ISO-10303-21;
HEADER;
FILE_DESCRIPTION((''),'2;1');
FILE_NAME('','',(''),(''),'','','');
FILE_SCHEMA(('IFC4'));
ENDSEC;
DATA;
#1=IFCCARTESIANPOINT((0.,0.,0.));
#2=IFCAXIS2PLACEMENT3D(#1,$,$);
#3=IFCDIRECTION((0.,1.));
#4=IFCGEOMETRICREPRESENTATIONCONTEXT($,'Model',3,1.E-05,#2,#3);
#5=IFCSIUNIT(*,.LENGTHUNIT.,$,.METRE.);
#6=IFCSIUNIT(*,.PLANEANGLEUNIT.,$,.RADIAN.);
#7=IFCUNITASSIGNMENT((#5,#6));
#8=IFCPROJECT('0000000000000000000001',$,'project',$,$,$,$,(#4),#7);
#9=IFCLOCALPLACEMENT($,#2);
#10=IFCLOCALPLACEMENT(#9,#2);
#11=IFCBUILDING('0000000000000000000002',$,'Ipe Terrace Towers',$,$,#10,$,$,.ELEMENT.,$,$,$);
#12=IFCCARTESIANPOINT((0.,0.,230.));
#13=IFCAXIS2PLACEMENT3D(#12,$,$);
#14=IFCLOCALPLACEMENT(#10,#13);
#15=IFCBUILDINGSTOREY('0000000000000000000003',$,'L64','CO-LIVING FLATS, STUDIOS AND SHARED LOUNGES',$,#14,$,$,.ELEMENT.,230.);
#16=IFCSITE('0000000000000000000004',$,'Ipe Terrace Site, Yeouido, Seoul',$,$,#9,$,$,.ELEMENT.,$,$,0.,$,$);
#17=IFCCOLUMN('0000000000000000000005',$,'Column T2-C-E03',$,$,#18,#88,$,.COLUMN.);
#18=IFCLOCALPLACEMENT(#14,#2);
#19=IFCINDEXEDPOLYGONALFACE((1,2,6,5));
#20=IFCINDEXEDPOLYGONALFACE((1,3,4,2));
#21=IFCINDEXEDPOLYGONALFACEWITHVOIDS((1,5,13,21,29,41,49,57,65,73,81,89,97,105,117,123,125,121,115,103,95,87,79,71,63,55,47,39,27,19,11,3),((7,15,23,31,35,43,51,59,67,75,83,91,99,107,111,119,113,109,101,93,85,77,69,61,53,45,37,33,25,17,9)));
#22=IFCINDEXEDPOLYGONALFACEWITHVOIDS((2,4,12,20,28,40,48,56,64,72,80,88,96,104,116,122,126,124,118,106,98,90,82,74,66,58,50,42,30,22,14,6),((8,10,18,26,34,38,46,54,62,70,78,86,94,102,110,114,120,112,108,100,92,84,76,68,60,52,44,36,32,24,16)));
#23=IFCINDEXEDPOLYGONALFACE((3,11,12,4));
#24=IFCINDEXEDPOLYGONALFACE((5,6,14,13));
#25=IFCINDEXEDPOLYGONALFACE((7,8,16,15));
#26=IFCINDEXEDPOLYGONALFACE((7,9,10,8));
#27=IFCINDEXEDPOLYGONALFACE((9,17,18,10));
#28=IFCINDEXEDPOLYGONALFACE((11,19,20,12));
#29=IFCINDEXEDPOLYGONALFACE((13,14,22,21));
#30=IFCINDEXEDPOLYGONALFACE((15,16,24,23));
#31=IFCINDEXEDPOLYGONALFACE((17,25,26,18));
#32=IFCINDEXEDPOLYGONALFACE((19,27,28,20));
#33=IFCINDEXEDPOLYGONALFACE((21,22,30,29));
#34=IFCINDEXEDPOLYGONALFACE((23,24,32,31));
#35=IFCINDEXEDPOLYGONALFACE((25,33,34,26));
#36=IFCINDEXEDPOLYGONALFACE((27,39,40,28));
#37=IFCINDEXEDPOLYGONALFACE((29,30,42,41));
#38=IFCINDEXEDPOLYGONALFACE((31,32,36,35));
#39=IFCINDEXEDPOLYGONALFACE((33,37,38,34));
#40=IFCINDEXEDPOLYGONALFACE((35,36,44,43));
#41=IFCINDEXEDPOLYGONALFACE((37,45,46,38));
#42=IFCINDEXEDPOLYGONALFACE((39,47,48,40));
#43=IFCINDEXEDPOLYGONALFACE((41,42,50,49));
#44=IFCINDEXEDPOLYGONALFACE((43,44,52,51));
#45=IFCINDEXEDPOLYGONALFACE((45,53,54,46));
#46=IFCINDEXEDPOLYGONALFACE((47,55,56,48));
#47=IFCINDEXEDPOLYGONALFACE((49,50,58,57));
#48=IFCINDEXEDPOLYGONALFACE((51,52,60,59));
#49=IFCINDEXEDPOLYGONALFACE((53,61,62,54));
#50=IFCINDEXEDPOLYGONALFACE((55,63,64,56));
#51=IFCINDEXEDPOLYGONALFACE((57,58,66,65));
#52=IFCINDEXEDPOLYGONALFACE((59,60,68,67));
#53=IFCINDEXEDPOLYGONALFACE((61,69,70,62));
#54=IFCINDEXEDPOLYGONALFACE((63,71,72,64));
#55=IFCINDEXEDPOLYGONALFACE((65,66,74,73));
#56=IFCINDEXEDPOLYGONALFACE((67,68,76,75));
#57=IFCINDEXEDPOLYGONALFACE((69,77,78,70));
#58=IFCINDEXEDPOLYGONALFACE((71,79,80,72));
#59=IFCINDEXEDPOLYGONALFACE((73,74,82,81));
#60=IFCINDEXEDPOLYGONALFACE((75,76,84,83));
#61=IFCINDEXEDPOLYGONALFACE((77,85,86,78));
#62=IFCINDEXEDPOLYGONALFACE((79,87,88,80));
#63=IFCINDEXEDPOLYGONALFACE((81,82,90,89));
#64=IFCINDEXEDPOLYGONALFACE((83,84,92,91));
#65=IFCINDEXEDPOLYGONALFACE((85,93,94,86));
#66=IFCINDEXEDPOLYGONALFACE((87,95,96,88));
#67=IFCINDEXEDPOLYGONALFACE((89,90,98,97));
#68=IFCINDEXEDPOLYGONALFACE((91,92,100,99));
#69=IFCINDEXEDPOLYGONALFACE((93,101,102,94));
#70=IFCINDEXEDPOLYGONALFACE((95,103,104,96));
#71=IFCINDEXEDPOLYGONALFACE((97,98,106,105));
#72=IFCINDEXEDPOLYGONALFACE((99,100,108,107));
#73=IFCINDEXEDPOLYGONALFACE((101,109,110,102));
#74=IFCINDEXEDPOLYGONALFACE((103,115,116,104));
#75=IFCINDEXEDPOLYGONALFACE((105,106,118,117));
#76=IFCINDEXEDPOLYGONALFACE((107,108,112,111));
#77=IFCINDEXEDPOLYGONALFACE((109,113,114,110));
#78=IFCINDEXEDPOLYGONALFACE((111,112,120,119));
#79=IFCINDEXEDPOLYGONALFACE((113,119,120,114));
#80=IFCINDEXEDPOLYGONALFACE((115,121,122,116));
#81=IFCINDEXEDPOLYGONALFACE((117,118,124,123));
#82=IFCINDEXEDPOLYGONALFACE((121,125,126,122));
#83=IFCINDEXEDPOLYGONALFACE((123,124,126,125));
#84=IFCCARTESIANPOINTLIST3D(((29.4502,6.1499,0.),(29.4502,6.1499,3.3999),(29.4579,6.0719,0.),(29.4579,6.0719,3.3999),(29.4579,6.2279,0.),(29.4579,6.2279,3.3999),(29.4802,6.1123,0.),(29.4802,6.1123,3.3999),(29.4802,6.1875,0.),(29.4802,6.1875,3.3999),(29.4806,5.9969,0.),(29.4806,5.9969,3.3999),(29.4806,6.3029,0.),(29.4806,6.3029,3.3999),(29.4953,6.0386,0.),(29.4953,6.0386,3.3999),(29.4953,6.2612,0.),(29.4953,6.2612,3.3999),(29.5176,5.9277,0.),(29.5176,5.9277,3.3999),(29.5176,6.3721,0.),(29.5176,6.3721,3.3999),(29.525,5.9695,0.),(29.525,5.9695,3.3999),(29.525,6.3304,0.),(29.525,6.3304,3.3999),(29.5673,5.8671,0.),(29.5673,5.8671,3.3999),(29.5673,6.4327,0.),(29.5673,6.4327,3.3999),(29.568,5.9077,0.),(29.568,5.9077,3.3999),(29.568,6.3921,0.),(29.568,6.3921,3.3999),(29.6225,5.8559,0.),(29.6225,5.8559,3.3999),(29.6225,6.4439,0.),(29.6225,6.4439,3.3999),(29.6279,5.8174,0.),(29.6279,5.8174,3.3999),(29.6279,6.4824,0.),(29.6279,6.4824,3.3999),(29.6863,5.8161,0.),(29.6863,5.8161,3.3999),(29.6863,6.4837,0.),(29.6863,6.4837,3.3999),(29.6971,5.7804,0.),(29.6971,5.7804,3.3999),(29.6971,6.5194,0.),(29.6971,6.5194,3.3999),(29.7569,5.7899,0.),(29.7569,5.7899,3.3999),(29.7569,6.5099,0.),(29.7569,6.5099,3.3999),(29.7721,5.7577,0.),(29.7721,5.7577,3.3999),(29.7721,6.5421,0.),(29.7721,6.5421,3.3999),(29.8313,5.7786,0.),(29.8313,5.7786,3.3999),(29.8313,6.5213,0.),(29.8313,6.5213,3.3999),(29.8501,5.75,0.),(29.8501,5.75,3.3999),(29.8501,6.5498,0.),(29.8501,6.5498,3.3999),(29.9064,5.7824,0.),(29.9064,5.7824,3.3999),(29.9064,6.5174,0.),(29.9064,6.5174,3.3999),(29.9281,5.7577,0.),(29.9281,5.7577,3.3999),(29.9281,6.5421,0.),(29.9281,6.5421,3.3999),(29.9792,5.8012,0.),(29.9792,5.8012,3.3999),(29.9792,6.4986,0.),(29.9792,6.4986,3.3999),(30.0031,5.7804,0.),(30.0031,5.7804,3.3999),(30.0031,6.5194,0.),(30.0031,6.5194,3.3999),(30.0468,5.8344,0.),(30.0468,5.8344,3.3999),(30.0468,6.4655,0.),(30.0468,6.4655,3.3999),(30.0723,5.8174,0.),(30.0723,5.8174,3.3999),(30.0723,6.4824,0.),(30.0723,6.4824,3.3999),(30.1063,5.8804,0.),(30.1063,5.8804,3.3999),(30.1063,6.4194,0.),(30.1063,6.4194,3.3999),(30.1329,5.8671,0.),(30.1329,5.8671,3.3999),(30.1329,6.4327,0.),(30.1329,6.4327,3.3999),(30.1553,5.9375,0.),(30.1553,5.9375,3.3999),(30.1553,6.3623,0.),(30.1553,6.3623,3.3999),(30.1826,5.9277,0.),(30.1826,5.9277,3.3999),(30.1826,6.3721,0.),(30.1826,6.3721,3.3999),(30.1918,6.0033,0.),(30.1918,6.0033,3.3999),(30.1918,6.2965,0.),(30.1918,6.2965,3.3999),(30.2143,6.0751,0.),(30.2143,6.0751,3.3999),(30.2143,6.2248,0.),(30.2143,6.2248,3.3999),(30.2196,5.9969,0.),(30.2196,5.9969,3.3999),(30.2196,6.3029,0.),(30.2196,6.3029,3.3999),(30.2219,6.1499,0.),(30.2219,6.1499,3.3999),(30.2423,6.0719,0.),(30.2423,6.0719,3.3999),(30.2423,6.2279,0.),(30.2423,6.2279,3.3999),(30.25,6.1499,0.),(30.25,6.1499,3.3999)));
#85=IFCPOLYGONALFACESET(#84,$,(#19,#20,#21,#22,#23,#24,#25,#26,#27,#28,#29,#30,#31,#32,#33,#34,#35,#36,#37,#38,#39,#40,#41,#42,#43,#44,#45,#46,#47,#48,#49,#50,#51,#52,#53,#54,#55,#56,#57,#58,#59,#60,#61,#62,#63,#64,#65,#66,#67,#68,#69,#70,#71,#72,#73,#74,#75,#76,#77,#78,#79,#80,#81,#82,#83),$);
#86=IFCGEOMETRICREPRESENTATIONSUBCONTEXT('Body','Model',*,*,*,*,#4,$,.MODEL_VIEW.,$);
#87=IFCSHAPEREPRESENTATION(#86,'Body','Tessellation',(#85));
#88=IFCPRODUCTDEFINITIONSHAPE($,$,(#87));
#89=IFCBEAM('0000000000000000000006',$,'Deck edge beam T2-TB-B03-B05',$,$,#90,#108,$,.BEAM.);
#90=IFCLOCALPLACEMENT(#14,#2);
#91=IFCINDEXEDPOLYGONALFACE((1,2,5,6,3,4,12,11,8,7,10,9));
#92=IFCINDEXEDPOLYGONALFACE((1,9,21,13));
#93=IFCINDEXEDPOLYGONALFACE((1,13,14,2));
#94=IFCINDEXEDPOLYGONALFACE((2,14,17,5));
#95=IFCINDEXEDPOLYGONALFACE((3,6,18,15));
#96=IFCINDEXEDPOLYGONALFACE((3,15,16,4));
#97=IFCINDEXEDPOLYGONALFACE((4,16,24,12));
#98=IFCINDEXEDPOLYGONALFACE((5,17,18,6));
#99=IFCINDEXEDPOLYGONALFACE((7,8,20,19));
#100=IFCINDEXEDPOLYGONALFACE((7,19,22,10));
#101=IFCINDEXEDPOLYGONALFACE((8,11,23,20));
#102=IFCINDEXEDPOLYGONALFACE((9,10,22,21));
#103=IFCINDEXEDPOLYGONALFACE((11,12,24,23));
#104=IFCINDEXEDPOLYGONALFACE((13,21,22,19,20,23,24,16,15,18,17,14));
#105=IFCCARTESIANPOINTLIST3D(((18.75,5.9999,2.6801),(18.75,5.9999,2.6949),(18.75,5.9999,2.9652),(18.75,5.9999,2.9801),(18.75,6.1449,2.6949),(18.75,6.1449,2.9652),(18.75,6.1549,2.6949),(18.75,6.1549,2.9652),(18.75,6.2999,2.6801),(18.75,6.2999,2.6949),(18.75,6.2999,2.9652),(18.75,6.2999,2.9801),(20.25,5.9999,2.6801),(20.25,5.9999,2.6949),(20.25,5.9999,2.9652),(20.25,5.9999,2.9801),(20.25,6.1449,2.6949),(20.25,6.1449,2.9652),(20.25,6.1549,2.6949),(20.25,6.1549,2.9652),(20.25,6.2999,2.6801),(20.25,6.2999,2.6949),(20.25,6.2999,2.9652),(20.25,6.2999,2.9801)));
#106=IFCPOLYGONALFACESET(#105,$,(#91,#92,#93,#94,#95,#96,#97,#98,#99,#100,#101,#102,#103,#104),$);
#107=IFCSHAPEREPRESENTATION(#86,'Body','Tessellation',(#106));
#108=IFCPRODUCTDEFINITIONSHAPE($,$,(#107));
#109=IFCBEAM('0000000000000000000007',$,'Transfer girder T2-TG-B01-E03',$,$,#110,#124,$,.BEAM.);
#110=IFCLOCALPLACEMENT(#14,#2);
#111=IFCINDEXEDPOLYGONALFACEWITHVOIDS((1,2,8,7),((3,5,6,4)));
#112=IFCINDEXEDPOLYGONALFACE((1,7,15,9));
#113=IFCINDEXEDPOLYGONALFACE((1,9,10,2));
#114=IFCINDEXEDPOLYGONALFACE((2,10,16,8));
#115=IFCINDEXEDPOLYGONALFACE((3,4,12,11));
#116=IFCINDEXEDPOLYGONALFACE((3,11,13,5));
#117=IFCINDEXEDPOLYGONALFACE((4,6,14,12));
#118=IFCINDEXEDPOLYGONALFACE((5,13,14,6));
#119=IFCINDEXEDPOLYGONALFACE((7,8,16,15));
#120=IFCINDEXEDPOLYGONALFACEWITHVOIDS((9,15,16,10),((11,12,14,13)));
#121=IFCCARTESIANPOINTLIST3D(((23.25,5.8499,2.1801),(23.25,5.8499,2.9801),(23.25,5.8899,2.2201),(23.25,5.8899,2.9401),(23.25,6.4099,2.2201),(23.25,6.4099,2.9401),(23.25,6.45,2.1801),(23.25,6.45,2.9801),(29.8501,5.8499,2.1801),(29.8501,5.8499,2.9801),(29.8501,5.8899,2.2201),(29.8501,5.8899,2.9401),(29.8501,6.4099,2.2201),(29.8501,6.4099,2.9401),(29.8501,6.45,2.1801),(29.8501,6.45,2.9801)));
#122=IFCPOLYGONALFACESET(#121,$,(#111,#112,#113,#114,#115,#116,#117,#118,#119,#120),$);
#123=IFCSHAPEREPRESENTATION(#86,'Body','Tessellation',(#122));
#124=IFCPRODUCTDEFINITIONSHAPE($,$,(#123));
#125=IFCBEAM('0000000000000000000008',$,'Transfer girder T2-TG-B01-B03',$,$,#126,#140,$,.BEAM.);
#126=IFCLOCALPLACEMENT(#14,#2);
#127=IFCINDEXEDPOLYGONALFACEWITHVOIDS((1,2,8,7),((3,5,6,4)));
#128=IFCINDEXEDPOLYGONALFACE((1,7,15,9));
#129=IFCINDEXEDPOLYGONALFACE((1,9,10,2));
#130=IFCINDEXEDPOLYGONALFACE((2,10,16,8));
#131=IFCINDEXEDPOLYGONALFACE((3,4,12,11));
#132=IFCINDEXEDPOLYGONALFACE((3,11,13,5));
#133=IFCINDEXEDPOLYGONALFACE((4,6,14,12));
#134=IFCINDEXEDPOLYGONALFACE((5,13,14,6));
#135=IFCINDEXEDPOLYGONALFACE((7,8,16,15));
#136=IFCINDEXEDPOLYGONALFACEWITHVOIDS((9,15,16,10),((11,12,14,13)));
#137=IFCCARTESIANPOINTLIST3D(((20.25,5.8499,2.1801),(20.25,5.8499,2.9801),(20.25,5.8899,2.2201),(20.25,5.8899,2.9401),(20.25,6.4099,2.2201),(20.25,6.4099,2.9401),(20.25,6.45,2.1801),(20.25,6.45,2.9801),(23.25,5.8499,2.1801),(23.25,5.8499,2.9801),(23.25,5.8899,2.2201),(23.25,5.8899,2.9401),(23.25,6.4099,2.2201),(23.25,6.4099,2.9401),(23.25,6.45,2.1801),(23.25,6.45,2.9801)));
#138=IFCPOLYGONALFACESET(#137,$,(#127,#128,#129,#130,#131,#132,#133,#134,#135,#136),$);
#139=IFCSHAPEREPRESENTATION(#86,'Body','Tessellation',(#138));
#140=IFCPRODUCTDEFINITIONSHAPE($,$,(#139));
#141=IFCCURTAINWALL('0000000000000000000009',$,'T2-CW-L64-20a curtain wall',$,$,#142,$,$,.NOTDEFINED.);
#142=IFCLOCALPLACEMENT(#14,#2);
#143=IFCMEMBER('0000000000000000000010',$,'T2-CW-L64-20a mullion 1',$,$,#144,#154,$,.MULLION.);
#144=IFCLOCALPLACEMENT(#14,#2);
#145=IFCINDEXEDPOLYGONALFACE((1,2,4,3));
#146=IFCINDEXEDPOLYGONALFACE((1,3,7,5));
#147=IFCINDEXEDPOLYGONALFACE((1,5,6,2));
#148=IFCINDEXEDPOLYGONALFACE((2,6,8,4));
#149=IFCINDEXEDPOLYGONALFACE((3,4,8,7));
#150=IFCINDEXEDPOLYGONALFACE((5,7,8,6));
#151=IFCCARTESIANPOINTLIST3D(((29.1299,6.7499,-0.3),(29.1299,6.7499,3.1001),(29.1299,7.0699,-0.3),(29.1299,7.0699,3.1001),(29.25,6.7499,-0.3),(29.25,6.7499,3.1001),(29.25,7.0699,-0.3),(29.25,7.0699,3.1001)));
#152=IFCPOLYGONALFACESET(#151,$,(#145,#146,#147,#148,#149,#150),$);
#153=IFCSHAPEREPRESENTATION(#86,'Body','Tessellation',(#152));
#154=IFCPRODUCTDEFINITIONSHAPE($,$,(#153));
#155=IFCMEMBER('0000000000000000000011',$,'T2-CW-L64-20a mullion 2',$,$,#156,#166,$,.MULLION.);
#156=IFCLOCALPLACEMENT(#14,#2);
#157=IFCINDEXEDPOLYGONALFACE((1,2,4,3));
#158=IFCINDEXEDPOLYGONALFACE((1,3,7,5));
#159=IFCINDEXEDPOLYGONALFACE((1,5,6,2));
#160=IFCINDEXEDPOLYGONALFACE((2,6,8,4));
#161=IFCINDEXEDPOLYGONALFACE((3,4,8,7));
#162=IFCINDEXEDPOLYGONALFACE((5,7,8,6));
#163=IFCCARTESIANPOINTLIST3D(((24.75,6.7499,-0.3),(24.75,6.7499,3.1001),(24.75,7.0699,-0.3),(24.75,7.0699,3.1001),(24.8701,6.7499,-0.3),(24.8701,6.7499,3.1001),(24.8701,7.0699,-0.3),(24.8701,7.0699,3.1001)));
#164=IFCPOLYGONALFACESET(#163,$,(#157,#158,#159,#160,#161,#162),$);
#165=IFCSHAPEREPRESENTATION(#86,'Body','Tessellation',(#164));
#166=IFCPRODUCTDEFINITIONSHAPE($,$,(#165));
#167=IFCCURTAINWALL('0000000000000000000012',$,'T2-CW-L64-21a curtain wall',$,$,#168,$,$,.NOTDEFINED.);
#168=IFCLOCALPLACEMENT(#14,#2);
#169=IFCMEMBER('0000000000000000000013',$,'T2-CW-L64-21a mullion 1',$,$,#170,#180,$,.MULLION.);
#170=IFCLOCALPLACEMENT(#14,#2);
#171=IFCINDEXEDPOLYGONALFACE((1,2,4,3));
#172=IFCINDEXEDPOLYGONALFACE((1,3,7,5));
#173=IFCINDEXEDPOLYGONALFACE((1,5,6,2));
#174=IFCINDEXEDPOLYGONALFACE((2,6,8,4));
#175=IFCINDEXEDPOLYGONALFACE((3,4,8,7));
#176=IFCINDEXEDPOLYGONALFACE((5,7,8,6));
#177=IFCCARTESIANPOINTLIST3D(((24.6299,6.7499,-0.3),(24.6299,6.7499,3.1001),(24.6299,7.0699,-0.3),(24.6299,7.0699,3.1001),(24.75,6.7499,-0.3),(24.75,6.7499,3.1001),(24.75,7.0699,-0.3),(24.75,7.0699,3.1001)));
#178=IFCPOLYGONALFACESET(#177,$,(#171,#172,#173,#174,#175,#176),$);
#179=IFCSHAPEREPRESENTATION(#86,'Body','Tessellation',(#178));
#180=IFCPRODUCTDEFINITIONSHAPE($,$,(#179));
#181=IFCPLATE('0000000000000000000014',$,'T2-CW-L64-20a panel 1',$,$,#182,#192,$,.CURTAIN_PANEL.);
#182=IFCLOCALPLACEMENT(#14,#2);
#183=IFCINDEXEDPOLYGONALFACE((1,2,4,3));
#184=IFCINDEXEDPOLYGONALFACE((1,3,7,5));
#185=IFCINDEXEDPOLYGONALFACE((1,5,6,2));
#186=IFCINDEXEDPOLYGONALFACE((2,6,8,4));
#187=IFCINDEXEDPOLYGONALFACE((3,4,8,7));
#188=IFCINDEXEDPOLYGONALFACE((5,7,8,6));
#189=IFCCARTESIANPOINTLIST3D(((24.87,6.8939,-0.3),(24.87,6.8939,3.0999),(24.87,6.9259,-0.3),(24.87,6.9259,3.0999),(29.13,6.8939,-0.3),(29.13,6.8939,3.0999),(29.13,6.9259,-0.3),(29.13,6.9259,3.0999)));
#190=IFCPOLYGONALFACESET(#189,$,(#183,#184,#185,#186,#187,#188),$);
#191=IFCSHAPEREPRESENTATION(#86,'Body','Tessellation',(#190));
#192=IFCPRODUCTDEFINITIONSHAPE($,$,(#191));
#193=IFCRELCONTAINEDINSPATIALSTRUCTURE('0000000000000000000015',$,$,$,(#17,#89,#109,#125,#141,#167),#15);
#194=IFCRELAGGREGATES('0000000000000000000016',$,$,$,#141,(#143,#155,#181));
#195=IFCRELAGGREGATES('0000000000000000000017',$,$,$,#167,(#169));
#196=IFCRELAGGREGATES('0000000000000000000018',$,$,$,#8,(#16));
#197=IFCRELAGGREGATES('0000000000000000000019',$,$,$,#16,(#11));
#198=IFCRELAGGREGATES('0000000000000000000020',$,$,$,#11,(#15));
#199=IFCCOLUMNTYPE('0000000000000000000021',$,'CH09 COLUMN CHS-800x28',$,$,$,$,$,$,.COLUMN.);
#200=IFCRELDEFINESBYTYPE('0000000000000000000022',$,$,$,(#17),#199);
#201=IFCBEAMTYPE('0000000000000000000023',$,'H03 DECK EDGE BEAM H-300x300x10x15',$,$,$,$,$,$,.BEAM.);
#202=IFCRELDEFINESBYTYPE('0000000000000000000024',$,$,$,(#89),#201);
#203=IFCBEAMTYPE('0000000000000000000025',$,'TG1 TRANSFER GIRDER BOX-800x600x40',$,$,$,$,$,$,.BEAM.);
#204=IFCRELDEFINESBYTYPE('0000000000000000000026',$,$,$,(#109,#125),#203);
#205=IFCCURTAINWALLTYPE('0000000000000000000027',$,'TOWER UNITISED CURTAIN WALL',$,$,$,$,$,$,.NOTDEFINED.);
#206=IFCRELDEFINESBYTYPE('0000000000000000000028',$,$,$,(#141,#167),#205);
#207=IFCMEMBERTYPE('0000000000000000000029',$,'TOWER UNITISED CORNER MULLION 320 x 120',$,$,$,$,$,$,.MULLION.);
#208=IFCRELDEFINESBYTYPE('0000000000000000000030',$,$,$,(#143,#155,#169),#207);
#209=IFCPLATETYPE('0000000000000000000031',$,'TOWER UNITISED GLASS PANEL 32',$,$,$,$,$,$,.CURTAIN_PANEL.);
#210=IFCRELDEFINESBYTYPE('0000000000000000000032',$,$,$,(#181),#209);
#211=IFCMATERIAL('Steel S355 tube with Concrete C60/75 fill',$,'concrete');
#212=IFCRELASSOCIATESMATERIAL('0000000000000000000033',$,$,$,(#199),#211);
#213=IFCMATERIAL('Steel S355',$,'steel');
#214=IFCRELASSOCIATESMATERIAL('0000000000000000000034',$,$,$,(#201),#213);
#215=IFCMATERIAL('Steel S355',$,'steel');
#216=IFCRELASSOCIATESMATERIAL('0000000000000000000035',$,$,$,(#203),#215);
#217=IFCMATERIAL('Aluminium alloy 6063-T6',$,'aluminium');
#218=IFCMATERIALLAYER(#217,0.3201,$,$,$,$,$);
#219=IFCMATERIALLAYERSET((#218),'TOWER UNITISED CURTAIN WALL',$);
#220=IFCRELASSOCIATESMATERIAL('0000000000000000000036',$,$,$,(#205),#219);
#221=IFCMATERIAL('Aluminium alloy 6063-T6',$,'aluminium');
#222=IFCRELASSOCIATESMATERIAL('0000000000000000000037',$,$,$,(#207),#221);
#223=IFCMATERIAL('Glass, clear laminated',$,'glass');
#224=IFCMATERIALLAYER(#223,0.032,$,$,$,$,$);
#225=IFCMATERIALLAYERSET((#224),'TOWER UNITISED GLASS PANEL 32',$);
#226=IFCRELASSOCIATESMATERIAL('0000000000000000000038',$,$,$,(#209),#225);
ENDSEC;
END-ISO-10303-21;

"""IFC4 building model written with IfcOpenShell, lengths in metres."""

from ifc_helpers import new_model, si_unit, direction, frame, origin, origin_2d, place, context, subcontext, project, spatial, rectangle, hollow_rectangle, hollow_circle, i_section, extrude, material, layer, layer_set, material_profile, profile_set, type_object, element, aggregate, save


model = new_model("IFC4")

# Units and contexts
model_context = context("Model", 3, precision=1e-05, world=origin(), true_north=direction((0.0, 1.0)))
body_context = subcontext(model_context, "Body", "Model", "MODEL_VIEW")
ifc_project = project(units=[si_unit("LENGTHUNIT", "METRE"), si_unit("PLANEANGLEUNIT", "RADIAN")], contexts=[model_context])

# Site, building, storey
site_placement = place(None, origin())
site = spatial("IfcSite", under=ifc_project, at=site_placement, Name="Ipe Terrace Site, Yeouido, Seoul", CompositionType="ELEMENT", RefElevation=0.0)
building_placement = place(site_placement, origin())
building = spatial("IfcBuilding", under=site, at=building_placement, Name="Ipe Terrace Towers", CompositionType="ELEMENT")
storey_placement = place(building_placement, frame((0.0, 0.0, 230.0)))
storey = spatial("IfcBuildingStorey", under=building, at=storey_placement, Name="L64", Description="CO-LIVING FLATS, STUDIOS AND SHARED LOUNGES", CompositionType="ELEMENT", Elevation=230.0)

# Column
ifc_material_1 = material(Name="Steel S355 tube with Concrete C60/75 fill", Category="concrete")
ifc_material_profile_1 = material_profile(ifc_material_1, hollow_circle(Radius=0.3999, WallThickness=0.0281, at=origin_2d()), Name="CHS-800x28")
ifc_profile_set_1 = profile_set([ifc_material_profile_1], Name="Steel S355 tube with Concrete C60/75 fill")
column_type = type_object("IfcColumnType", Name="CH09 COLUMN CHS-800x28", PredefinedType="COLUMN", material=ifc_profile_set_1)
column_placement = place(storey_placement, frame((29.8501, 6.1499, 0.0), z_axis=(0.0, 0.0, 1.0), x_axis=(1.0, 0.0, 0.0)))
element("IfcColumn", 1, at=column_placement, inside=storey, type_object=column_type, Name="Column T2-C-E03", PredefinedType="COLUMN", context=body_context, shape_type="SweptSolid", body=[
    extrude(hollow_circle(Radius=0.3999, WallThickness=0.0281, at=origin_2d()), origin(), (0.0, 0.0, 1.0), 3.3999),
])

# Beams
ifc_material_2 = material(Name="Steel S355", Category="steel")
ifc_material_profile_2 = material_profile(ifc_material_2, i_section(OverallWidth=0.3, OverallDepth=0.3, WebThickness=0.01, FlangeThickness=0.0149, at=origin_2d()), Name="H-300x300x10x15")
ifc_profile_set_2 = profile_set([ifc_material_profile_2], Name="Steel S355")
beam_type_1 = type_object("IfcBeamType", Name="H03 DECK EDGE BEAM H-300x300x10x15", PredefinedType="BEAM", material=ifc_profile_set_2)
beam_1_placement = place(storey_placement, frame((20.25, 6.1499, 2.8301), z_axis=(-1.0, 0.0, 0.0), x_axis=(0.0, -1.0, 0.0)))
element("IfcBeam", 2, at=beam_1_placement, inside=storey, type_object=beam_type_1, Name="Deck edge beam T2-TB-B03-B05", PredefinedType="BEAM", context=body_context, shape_type="SweptSolid", body=[
    extrude(i_section(OverallWidth=0.3, OverallDepth=0.3, WebThickness=0.01, FlangeThickness=0.0149, at=origin_2d()), origin(), (0.0, 0.0, 1.0), 1.5),
])
ifc_material_3 = material(Name="Steel S355", Category="steel")
ifc_material_profile_3 = material_profile(ifc_material_3, hollow_rectangle(XDim=0.6001, YDim=0.8, WallThickness=0.04, at=origin_2d()), Name="BOX-800x600x40")
ifc_profile_set_3 = profile_set([ifc_material_profile_3], Name="Steel S355")
beam_type_2 = type_object("IfcBeamType", Name="TG1 TRANSFER GIRDER BOX-800x600x40", PredefinedType="BEAM", material=ifc_profile_set_3)
beam_2_placement = place(storey_placement, frame((29.8501, 6.1499, 2.5801), z_axis=(-1.0, 0.0, 0.0), x_axis=(0.0, -1.0, 0.0)))
element("IfcBeam", 3, at=beam_2_placement, inside=storey, type_object=beam_type_2, Name="Transfer girder T2-TG-B01-E03", PredefinedType="BEAM", context=body_context, shape_type="SweptSolid", body=[
    extrude(hollow_rectangle(XDim=0.6001, YDim=0.8, WallThickness=0.04, at=origin_2d()), origin(), (0.0, 0.0, 1.0), 6.6001),
])
beam_3_placement = place(storey_placement, frame((23.25, 6.1499, 2.5801), z_axis=(-1.0, 0.0, 0.0), x_axis=(0.0, -1.0, 0.0)))
element("IfcBeam", 4, at=beam_3_placement, inside=storey, type_object=beam_type_2, Name="Transfer girder T2-TG-B01-B03", PredefinedType="BEAM", context=body_context, shape_type="SweptSolid", body=[
    extrude(hollow_rectangle(XDim=0.6001, YDim=0.8, WallThickness=0.04, at=origin_2d()), origin(), (0.0, 0.0, 1.0), 3.0),
])

# Curtain wall, members
ifc_material_4 = material(Name="Aluminium alloy 6063-T6", Category="aluminium")
ifc_layer_1 = layer(ifc_material_4, 0.3201)
ifc_layer_set_1 = layer_set([ifc_layer_1], Name="TOWER UNITISED CURTAIN WALL")
curtain_wall_type = type_object("IfcCurtainWallType", Name="TOWER UNITISED CURTAIN WALL", PredefinedType="NOTDEFINED", material=ifc_layer_set_1)
curtain_wall_1_placement = place(storey_placement, origin())
curtain_wall_1 = element("IfcCurtainWall", 5, at=curtain_wall_1_placement, inside=storey, type_object=curtain_wall_type, Name="T2-CW-L64-20a curtain wall", PredefinedType="NOTDEFINED")
ifc_material_5 = material(Name="Aluminium alloy 6063-T6", Category="aluminium")
ifc_material_profile_4 = material_profile(ifc_material_5, rectangle(XDim=0.3201, YDim=0.1201, at=origin_2d()), Name="TOWER UNITISED CORNER MULLION 320 x 120")
ifc_profile_set_4 = profile_set([ifc_material_profile_4], Name="Aluminium alloy 6063-T6")
member_type = type_object("IfcMemberType", Name="TOWER UNITISED CORNER MULLION 320 x 120", PredefinedType="MULLION", material=ifc_profile_set_4)
member_1_placement = place(storey_placement, frame((29.1899, 6.9099, -0.3), z_axis=(0.0, 0.0, 1.0), x_axis=(0.0, 1.0, 0.0)))
member_1 = element("IfcMember", 6, at=member_1_placement, type_object=member_type, Name="T2-CW-L64-20a mullion 1", PredefinedType="MULLION", context=body_context, shape_type="SweptSolid", body=[
    extrude(rectangle(XDim=0.3201, YDim=0.1201, at=origin_2d()), origin(), (0.0, 0.0, 1.0), 3.4001),
])
member_2_placement = place(storey_placement, frame((24.8101, 6.9099, -0.3), z_axis=(0.0, 0.0, 1.0), x_axis=(0.0, 1.0, 0.0)))
member_2 = element("IfcMember", 7, at=member_2_placement, type_object=member_type, Name="T2-CW-L64-20a mullion 2", PredefinedType="MULLION", context=body_context, shape_type="SweptSolid", body=[
    extrude(rectangle(XDim=0.3201, YDim=0.1201, at=origin_2d()), origin(), (0.0, 0.0, 1.0), 3.4001),
])

# Curtain wall, member
curtain_wall_2_placement = place(storey_placement, origin())
curtain_wall_2 = element("IfcCurtainWall", 8, at=curtain_wall_2_placement, inside=storey, type_object=curtain_wall_type, Name="T2-CW-L64-21a curtain wall", PredefinedType="NOTDEFINED")
member_3_placement = place(storey_placement, frame((24.6899, 6.9099, -0.3), z_axis=(0.0, 0.0, 1.0), x_axis=(0.0, 1.0, 0.0)))
member_3 = element("IfcMember", 9, at=member_3_placement, type_object=member_type, Name="T2-CW-L64-21a mullion 1", PredefinedType="MULLION", context=body_context, shape_type="SweptSolid", body=[
    extrude(rectangle(XDim=0.3201, YDim=0.1201, at=origin_2d()), origin(), (0.0, 0.0, 1.0), 3.4001),
])

# Plate
ifc_material_6 = material(Name="Glass, clear laminated", Category="glass")
ifc_layer_2 = layer(ifc_material_6, 0.032)
ifc_layer_set_2 = layer_set([ifc_layer_2], Name="TOWER UNITISED GLASS PANEL 32")
plate_type = type_object("IfcPlateType", Name="TOWER UNITISED GLASS PANEL 32", PredefinedType="CURTAIN_PANEL", material=ifc_layer_set_2)
plate_1_placement = place(storey_placement, frame((27.0, 6.9099, -0.3), z_axis=(0.0, 0.0, 1.0), x_axis=(-1.0, 0.0, 0.0)))
plate_1 = element("IfcPlate", 10, at=plate_1_placement, type_object=plate_type, Name="T2-CW-L64-20a panel 1", PredefinedType="CURTAIN_PANEL", context=body_context, shape_type="SweptSolid", body=[
    extrude(rectangle(XDim=4.26, YDim=0.032, at=origin_2d()), origin(), (0.0, 0.0, 1.0), 3.3999),
])
aggregate(curtain_wall_1, [member_1, member_2, plate_1])
aggregate(curtain_wall_2, [member_3])

save(model, "model.ifc")
